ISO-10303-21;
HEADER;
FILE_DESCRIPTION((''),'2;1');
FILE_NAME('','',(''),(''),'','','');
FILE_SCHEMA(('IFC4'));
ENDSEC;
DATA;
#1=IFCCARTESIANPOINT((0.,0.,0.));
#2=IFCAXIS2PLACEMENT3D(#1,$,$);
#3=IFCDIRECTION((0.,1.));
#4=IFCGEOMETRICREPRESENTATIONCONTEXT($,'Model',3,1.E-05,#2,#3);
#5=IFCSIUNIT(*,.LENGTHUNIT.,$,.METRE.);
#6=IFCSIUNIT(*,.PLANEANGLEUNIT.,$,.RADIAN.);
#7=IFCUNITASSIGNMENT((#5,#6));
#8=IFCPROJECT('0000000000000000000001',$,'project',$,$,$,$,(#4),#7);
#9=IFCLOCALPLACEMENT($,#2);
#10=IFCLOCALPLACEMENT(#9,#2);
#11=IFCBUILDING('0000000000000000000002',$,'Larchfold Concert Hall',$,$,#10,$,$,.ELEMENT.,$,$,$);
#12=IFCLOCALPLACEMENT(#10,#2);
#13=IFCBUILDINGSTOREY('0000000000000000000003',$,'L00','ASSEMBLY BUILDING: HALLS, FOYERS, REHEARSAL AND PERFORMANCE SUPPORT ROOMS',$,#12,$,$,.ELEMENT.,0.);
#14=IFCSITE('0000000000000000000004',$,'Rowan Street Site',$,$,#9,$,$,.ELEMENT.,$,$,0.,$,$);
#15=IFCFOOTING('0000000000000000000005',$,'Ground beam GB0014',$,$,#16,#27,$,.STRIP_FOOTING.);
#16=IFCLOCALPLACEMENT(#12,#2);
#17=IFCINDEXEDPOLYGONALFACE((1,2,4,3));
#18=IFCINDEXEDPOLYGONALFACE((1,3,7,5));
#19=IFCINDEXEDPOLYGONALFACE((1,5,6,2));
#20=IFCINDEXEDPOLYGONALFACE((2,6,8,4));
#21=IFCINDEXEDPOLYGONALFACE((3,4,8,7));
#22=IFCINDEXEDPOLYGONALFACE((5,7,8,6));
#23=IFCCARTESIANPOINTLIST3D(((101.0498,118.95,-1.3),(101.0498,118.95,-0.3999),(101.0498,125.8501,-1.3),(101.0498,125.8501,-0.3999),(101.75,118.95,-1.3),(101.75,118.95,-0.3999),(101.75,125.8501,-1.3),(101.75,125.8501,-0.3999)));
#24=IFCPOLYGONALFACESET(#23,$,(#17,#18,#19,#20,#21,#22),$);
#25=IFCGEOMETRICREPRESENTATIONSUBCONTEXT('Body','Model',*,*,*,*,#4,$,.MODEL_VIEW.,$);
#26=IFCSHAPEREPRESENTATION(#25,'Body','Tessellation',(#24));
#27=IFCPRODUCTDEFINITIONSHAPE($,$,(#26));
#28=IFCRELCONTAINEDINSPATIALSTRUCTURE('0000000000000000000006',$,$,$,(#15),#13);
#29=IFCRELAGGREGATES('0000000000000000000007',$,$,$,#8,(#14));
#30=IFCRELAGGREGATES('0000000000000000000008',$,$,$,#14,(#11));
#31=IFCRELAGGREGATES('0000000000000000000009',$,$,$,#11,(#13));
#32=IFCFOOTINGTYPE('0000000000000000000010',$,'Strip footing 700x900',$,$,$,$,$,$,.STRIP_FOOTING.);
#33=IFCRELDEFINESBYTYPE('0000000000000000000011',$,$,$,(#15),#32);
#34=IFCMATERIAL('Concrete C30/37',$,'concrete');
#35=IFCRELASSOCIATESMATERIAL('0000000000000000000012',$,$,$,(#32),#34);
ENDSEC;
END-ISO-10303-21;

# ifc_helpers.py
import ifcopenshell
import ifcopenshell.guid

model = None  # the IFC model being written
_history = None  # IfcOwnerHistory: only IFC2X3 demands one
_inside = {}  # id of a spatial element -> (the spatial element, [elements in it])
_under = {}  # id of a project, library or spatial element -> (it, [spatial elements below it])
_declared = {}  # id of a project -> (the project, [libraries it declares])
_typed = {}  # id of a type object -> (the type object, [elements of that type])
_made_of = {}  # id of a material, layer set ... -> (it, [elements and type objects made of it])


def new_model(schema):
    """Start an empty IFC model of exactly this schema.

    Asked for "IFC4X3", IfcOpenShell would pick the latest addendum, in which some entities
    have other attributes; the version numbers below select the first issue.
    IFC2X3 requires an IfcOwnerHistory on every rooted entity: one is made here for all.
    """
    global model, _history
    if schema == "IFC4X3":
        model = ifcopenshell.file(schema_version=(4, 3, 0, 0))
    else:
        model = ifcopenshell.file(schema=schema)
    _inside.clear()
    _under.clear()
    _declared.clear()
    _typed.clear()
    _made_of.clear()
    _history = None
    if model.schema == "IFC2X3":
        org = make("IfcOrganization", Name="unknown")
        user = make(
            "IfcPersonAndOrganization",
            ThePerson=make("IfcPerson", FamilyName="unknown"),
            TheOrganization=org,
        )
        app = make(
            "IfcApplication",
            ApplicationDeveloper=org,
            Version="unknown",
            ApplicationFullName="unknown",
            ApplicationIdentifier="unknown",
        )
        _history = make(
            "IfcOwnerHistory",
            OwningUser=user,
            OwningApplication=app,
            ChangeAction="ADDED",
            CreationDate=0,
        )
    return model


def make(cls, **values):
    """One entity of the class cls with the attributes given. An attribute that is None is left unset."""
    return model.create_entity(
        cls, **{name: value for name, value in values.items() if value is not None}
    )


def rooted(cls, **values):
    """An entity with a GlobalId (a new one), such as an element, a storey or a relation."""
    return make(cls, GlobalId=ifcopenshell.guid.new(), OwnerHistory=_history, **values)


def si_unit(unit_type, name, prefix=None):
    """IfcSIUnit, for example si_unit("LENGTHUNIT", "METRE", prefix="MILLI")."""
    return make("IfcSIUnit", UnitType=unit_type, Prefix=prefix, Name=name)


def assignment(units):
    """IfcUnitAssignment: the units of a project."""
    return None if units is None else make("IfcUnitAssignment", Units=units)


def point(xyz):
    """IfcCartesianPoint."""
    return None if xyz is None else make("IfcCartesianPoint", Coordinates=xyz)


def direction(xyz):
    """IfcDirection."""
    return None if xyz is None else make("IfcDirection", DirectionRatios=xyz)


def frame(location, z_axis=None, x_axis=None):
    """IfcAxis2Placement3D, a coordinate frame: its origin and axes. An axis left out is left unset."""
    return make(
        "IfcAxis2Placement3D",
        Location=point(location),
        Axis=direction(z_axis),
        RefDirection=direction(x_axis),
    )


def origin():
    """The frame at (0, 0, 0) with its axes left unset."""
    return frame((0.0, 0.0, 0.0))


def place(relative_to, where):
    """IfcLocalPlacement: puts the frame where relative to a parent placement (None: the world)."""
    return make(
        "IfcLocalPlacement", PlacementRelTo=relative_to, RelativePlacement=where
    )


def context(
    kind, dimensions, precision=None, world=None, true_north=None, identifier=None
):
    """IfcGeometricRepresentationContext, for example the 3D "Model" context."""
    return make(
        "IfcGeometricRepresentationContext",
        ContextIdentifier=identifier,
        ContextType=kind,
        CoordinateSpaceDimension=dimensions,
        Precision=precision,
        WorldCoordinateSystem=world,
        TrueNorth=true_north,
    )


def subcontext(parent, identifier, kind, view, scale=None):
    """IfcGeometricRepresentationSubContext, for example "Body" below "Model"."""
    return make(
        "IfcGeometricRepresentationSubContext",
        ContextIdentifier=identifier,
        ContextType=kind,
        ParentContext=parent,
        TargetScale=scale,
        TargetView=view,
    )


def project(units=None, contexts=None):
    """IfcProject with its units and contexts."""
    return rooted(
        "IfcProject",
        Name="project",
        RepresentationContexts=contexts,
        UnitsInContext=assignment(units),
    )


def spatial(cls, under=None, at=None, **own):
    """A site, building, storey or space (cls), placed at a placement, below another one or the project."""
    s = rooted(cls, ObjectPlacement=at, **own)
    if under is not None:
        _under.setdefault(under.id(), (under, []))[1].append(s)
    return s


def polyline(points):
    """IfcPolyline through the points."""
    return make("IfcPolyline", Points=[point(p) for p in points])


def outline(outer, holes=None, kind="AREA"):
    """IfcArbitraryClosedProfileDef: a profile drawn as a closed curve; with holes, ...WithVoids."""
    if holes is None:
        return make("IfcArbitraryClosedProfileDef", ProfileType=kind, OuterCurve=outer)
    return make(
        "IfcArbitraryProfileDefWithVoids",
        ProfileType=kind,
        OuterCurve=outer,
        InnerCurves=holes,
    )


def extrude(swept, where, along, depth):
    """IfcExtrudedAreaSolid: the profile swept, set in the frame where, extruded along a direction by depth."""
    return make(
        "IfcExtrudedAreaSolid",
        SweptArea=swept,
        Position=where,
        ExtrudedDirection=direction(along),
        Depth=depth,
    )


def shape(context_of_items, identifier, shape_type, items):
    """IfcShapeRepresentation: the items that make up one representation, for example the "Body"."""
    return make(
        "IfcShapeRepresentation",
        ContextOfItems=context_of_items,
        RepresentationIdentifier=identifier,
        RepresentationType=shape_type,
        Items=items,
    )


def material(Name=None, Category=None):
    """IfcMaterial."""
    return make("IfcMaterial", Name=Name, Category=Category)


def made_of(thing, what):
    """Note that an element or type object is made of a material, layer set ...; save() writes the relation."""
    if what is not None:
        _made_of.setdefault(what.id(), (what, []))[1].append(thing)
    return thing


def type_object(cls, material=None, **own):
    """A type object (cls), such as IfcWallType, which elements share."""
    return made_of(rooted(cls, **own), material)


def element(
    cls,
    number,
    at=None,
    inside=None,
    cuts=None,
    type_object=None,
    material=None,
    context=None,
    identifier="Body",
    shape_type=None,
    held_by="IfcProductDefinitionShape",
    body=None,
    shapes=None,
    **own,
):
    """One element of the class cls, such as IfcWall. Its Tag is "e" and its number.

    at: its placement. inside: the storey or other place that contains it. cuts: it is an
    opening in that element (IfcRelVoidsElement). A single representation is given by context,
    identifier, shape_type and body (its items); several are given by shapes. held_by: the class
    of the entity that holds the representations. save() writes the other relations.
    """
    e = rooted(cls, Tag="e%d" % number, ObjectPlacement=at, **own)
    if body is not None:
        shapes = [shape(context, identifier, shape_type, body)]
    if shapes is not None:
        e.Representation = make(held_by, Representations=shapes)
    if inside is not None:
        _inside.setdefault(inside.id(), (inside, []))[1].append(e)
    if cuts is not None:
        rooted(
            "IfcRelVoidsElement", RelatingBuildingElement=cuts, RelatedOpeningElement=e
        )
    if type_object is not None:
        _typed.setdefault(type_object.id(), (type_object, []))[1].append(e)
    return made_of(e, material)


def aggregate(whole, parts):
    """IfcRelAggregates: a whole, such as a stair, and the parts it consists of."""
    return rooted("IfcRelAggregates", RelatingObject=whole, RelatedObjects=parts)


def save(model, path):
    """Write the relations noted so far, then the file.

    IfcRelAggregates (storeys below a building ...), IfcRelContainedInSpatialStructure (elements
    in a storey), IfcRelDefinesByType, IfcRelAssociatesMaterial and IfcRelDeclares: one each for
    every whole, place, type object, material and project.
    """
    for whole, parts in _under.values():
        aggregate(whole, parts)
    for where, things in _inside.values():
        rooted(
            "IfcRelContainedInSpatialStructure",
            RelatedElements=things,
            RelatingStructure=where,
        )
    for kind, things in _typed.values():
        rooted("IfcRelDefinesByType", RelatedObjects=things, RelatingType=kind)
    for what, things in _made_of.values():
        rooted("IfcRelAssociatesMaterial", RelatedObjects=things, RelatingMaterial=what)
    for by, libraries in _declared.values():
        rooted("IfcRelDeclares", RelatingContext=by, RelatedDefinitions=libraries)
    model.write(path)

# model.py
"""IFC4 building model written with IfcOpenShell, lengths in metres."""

from ifc_helpers import new_model, si_unit, direction, frame, origin, place, context, subcontext, project, spatial, polyline, outline, extrude, material, type_object, element, save


model = new_model("IFC4")

# Units and contexts
model_context = context("Model", 3, precision=1e-05, world=origin(), true_north=direction((0.0, 1.0)))
body_context = subcontext(model_context, "Body", "Model", "MODEL_VIEW")
ifc_project = project(units=[si_unit("LENGTHUNIT", "METRE"), si_unit("PLANEANGLEUNIT", "RADIAN")], contexts=[model_context])

# Site, building, storey
site_placement = place(None, origin())
site = spatial("IfcSite", under=ifc_project, at=site_placement, Name="Rowan Street Site", CompositionType="ELEMENT", RefElevation=0.0)
building_placement = place(site_placement, origin())
building = spatial("IfcBuilding", under=site, at=building_placement, Name="Larchfold Concert Hall", CompositionType="ELEMENT")
storey_placement = place(building_placement, origin())
storey = spatial("IfcBuildingStorey", under=building, at=storey_placement, Name="L00", Description="ASSEMBLY BUILDING: HALLS, FOYERS, REHEARSAL AND PERFORMANCE SUPPORT ROOMS", CompositionType="ELEMENT", Elevation=0.0)

# Footing
ifc_material_1 = material(Name="Concrete C30/37", Category="concrete")
footing_type_1 = type_object("IfcFootingType", Name="Strip footing 700x900", PredefinedType="STRIP_FOOTING", material=ifc_material_1)
footing_1_placement = place(storey_placement, frame((0.0, 0.0, -1.3)))
element("IfcFooting", 1, at=footing_1_placement, inside=storey, type_object=footing_type_1, Name="Ground beam GB0014", PredefinedType="STRIP_FOOTING", context=body_context, shape_type="SweptSolid", body=[
    extrude(outline(polyline([(101.0498, 118.95), (101.75, 118.95), (101.75, 125.8501), (101.0498, 125.8501), (101.0498, 118.95)])), origin(), (0.0, 0.0, 1.0), 0.9001),
])

save(model, "model.ifc")
